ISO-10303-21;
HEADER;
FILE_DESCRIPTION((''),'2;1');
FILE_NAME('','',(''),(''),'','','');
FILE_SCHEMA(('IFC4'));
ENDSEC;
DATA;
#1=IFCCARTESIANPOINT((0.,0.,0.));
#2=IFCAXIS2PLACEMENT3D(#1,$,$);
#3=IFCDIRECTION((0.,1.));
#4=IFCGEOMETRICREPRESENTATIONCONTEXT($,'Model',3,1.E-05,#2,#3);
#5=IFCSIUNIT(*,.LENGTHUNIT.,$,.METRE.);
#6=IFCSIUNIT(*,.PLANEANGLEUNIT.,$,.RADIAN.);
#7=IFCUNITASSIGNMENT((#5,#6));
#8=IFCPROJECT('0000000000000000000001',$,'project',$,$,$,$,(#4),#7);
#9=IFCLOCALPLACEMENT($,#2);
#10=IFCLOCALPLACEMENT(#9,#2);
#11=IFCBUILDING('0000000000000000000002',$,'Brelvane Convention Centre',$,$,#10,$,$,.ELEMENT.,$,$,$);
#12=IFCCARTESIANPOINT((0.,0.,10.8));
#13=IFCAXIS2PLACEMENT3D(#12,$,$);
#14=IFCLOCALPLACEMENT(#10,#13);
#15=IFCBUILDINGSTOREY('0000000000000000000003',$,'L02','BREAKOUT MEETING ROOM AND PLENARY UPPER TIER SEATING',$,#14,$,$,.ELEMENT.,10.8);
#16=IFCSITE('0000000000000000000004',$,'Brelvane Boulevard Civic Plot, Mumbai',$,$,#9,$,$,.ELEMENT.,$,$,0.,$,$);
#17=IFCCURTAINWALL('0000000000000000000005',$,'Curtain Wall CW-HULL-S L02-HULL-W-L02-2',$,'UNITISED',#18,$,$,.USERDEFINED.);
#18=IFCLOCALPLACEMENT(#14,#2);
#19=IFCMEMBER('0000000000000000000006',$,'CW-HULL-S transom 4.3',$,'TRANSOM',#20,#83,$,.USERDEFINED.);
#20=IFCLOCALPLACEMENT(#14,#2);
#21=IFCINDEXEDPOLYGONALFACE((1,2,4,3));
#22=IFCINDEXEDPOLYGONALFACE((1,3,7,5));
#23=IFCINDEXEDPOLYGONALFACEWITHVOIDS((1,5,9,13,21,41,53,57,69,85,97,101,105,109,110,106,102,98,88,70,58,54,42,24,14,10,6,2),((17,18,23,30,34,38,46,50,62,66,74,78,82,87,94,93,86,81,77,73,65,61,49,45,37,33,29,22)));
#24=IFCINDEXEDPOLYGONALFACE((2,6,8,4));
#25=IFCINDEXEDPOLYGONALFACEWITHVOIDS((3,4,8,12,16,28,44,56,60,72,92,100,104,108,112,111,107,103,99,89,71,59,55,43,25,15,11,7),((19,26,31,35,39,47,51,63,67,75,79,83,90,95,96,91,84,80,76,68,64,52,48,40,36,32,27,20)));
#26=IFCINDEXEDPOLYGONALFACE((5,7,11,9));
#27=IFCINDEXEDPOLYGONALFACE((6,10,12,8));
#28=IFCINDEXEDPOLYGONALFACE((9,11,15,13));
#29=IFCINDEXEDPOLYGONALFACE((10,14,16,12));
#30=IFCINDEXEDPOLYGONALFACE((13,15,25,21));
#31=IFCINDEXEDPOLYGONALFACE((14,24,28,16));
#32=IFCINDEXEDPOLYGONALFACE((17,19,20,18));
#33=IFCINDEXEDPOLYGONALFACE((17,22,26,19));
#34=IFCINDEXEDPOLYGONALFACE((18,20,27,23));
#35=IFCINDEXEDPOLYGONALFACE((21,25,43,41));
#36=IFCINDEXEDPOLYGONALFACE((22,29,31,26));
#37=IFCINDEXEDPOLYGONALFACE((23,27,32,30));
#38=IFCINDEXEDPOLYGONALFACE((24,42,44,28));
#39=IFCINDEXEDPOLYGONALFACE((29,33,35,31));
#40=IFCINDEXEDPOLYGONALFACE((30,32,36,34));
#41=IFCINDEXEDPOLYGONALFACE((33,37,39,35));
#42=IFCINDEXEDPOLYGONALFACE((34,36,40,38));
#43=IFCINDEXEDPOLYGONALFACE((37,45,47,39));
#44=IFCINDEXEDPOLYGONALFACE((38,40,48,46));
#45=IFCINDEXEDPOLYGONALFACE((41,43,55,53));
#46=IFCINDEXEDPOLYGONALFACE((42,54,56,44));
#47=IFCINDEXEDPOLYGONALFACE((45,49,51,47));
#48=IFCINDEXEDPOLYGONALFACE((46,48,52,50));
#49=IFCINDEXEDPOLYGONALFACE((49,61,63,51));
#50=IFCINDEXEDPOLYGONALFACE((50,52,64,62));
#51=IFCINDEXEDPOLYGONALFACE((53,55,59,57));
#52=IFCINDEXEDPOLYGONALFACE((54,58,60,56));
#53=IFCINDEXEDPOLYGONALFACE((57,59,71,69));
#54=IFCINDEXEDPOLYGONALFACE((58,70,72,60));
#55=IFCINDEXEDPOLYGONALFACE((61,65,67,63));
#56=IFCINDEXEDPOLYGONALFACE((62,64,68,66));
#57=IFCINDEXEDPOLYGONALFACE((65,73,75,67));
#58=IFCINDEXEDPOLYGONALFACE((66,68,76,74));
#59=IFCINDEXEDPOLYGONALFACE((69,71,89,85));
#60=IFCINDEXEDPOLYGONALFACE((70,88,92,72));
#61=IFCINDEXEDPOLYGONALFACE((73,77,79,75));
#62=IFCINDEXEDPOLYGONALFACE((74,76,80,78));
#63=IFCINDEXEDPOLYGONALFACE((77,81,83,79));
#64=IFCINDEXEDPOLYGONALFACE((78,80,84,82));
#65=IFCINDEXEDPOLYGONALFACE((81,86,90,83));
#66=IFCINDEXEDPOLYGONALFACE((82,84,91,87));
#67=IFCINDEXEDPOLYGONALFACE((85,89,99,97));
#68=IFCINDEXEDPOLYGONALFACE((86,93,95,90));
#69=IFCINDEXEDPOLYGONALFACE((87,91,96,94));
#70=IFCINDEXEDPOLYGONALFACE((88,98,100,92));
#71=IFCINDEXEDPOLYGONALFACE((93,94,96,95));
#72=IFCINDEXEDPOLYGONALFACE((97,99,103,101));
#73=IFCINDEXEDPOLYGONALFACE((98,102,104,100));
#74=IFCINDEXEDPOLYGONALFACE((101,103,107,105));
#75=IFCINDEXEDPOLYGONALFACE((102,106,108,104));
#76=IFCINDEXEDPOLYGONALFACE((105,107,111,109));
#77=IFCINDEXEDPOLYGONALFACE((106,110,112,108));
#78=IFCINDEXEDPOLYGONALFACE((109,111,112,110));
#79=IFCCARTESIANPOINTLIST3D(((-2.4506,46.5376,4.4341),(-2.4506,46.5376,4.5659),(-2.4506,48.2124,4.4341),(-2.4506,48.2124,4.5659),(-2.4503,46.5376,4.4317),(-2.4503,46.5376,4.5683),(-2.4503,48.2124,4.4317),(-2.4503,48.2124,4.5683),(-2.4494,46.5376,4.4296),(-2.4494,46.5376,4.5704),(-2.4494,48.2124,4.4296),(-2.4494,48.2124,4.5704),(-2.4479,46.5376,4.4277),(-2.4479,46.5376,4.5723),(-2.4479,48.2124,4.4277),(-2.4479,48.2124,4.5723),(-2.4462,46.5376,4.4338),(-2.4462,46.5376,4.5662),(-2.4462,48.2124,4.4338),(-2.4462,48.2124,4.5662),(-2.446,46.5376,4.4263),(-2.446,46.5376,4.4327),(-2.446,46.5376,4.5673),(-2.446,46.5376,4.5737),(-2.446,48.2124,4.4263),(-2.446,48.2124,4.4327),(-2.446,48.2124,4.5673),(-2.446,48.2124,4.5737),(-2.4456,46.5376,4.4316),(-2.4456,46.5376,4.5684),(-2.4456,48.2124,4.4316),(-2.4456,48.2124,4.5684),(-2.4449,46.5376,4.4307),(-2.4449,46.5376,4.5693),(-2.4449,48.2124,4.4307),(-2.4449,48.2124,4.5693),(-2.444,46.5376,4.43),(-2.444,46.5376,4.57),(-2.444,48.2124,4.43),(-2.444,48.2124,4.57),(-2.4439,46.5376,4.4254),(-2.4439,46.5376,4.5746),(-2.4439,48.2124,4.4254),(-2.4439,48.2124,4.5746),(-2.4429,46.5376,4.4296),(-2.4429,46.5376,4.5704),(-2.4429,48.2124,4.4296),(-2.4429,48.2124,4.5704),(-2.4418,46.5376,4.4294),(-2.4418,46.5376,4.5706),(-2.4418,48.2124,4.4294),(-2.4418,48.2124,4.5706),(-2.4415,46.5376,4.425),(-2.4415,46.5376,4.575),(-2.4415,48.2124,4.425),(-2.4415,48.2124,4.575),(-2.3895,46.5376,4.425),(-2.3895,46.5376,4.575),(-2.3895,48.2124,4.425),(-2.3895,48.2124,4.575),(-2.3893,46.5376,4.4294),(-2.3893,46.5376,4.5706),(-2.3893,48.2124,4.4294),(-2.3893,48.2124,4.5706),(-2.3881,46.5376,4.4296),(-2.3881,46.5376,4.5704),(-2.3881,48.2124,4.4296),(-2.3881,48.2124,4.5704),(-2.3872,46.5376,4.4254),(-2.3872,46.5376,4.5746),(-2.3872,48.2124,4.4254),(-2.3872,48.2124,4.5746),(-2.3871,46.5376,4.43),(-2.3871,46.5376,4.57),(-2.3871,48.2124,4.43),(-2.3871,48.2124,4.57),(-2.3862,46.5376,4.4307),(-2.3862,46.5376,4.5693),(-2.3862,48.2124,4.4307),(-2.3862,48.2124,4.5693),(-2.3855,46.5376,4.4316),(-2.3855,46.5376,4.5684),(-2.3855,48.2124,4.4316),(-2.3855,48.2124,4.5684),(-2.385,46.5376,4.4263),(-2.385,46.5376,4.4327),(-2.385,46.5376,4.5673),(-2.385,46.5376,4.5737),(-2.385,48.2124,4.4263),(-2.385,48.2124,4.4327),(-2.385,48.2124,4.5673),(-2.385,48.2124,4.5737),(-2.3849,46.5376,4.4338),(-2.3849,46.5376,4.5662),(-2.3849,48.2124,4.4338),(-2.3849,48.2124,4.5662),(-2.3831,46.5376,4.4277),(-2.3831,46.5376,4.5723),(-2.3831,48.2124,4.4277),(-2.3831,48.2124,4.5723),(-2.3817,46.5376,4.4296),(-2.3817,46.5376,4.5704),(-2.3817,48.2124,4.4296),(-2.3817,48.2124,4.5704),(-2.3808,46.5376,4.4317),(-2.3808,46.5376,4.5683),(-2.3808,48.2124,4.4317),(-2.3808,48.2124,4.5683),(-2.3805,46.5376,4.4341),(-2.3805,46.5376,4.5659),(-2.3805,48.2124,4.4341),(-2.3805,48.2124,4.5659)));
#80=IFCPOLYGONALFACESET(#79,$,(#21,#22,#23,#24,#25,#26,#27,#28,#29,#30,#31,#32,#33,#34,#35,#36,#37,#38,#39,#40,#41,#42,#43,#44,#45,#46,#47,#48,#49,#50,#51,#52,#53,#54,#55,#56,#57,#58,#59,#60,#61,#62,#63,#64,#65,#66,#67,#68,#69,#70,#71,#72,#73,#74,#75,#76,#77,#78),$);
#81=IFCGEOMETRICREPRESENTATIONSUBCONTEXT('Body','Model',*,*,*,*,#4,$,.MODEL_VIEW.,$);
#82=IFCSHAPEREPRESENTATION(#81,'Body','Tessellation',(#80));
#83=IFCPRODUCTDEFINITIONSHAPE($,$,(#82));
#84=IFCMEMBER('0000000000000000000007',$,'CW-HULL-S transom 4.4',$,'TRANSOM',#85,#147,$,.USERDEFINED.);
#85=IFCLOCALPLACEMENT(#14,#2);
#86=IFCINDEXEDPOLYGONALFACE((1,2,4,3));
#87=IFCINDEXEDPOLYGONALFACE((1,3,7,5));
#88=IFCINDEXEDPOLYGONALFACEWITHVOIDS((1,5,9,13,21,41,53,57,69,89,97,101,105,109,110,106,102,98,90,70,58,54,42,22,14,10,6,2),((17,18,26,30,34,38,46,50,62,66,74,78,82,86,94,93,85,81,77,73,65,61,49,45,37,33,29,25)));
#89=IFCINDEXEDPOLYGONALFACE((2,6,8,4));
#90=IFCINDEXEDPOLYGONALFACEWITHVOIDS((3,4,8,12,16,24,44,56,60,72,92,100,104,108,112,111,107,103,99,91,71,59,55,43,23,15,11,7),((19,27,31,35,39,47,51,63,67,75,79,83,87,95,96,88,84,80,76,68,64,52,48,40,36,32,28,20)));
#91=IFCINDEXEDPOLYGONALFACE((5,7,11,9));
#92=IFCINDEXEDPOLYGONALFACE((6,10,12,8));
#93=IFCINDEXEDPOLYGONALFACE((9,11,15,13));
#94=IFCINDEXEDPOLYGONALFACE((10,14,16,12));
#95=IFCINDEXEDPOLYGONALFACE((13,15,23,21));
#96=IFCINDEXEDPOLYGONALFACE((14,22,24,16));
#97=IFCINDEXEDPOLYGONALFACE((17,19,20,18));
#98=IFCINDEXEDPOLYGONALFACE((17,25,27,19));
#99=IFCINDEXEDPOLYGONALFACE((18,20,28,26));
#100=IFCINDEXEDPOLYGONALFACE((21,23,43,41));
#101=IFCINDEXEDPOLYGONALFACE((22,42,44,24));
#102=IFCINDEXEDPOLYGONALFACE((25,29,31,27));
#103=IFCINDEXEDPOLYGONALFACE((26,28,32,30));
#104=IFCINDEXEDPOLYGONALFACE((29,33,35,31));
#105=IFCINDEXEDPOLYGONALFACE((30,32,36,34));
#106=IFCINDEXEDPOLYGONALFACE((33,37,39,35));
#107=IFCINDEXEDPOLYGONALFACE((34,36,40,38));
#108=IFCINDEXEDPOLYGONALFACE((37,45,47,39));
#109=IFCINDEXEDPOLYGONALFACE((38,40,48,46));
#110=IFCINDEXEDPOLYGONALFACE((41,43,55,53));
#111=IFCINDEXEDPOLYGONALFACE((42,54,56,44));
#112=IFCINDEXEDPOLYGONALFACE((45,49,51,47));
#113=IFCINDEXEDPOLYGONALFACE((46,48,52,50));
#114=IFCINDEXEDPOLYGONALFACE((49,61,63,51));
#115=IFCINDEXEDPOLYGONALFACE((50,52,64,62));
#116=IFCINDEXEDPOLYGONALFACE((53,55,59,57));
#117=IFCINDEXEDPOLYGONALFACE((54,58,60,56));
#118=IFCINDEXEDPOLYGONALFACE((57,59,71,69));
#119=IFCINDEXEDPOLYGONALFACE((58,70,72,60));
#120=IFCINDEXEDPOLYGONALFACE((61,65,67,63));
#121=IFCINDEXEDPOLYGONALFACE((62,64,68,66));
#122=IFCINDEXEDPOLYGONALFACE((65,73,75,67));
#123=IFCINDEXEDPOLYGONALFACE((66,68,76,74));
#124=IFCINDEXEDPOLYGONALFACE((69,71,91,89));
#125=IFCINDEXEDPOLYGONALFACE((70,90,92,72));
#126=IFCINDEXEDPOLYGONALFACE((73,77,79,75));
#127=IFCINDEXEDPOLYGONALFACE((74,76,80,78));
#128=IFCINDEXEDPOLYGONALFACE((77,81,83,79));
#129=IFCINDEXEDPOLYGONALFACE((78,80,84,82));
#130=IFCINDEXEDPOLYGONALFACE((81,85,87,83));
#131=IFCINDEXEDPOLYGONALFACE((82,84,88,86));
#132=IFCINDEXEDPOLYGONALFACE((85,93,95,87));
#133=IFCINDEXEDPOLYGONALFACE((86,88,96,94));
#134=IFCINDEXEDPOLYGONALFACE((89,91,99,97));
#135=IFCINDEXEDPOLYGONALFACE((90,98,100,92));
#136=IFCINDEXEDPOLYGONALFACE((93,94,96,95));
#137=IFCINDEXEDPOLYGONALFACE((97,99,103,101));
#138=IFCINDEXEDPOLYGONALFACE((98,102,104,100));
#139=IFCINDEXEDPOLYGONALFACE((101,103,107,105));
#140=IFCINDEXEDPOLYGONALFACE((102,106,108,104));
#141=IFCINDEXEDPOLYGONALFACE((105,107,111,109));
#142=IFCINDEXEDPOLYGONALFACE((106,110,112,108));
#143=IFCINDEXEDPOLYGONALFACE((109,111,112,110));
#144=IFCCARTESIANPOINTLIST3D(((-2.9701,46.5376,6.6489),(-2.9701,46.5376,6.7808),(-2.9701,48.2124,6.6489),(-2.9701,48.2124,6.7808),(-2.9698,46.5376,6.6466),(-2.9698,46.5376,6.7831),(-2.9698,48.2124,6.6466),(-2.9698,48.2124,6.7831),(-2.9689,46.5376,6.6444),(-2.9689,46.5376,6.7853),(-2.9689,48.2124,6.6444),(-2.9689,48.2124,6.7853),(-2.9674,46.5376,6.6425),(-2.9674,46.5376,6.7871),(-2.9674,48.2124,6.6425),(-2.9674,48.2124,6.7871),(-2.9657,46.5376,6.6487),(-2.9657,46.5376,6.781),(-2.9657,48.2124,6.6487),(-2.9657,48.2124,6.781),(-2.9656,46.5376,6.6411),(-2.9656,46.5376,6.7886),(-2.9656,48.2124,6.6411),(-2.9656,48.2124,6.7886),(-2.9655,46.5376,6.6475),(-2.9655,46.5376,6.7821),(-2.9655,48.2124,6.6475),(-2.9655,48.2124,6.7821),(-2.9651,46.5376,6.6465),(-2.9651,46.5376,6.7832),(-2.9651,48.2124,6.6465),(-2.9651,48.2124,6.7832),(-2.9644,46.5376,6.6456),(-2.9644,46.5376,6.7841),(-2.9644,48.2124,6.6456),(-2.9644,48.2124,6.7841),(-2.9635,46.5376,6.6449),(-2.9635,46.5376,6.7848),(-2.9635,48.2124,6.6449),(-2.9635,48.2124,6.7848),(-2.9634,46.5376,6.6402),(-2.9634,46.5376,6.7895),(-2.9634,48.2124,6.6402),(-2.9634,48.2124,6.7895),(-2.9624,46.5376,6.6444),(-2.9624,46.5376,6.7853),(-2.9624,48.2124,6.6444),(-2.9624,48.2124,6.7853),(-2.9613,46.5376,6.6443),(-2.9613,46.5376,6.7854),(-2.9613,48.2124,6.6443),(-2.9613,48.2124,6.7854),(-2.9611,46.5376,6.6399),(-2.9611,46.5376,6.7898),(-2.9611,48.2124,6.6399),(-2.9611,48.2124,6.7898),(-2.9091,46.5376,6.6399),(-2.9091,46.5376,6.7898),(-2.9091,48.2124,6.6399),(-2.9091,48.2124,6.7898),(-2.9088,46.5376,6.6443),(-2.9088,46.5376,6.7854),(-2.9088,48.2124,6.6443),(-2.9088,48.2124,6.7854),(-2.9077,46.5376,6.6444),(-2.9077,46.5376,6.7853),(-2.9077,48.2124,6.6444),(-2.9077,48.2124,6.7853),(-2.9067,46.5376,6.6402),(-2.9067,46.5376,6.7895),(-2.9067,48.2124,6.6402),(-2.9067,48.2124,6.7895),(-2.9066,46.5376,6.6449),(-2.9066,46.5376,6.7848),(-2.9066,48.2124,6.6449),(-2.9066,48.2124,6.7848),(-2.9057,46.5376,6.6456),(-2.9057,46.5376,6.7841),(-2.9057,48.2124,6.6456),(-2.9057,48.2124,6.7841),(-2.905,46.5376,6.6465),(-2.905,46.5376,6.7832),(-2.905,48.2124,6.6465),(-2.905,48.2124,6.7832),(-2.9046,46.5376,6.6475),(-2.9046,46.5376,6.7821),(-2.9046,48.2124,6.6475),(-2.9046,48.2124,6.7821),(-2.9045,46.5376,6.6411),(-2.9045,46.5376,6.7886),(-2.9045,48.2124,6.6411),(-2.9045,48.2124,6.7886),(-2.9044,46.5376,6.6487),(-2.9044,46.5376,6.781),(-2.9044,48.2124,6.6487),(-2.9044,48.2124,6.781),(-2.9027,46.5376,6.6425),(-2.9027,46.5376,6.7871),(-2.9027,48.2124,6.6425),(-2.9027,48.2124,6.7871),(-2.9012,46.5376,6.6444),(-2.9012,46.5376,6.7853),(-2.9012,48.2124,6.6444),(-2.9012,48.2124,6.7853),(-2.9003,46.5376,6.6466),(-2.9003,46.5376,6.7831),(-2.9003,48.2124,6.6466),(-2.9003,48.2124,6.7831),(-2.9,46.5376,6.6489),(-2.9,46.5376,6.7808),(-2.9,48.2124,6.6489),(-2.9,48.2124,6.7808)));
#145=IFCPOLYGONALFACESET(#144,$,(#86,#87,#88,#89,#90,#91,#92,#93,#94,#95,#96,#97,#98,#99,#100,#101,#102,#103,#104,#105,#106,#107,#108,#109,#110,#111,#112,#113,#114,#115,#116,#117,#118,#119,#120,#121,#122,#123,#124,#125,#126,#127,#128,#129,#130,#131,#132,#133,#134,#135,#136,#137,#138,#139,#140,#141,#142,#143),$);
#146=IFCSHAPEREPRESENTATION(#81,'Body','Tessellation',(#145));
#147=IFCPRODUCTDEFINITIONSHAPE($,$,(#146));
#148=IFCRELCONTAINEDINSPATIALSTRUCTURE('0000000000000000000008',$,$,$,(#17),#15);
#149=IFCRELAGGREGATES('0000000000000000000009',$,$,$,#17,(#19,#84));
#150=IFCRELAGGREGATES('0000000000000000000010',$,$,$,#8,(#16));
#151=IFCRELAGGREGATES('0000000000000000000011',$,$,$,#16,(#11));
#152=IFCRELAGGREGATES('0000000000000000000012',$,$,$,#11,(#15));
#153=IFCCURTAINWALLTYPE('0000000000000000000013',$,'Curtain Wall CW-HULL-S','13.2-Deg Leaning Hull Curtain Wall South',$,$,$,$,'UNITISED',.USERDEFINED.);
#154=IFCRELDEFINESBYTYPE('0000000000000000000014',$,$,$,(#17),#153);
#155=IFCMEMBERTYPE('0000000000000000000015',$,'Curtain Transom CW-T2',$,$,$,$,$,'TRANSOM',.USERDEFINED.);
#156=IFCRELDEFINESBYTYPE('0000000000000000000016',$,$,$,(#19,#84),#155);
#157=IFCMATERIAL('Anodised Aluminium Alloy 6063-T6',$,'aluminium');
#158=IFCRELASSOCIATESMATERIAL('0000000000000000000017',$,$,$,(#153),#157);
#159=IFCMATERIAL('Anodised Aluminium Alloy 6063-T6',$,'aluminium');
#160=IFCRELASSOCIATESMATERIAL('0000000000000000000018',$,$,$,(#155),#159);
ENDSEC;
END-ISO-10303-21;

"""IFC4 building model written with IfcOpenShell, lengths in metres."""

from ifc_helpers import new_model, si_unit, direction, frame, origin, origin_2d, place, context, subcontext, project, spatial, hollow_rectangle, extrude, material, material_profile, profile_set, type_object, element, aggregate, save


model = new_model("IFC4")

# Units and contexts
model_context = context("Model", 3, precision=1e-05, world=origin(), true_north=direction((0.0, 1.0)))
body_context = subcontext(model_context, "Body", "Model", "MODEL_VIEW")
ifc_project = project(units=[si_unit("LENGTHUNIT", "METRE"), si_unit("PLANEANGLEUNIT", "RADIAN")], contexts=[model_context])

# Site, building, storey
site_placement = place(None, origin())
site = spatial("IfcSite", under=ifc_project, at=site_placement, Name="Brelvane Boulevard Civic Plot, Mumbai", CompositionType="ELEMENT", RefElevation=0.0)
building_placement = place(site_placement, origin())
building = spatial("IfcBuilding", under=site, at=building_placement, Name="Brelvane Convention Centre", CompositionType="ELEMENT")
storey_placement = place(building_placement, frame((0.0, 0.0, 10.8)))
storey = spatial("IfcBuildingStorey", under=building, at=storey_placement, Name="L02", Description="BREAKOUT MEETING ROOM AND PLENARY UPPER TIER SEATING", CompositionType="ELEMENT", Elevation=10.8)

# Curtain wall, members
ifc_material_1 = material(Name="Anodised Aluminium Alloy 6063-T6", Category="aluminium")
curtain_wall_type = type_object("IfcCurtainWallType", Name="Curtain Wall CW-HULL-S", Description="13.2-Deg Leaning Hull Curtain Wall South", ElementType="UNITISED", PredefinedType="USERDEFINED", material=ifc_material_1)
curtain_wall_placement = place(storey_placement, origin())
curtain_wall = element("IfcCurtainWall", 1, at=curtain_wall_placement, inside=storey, type_object=curtain_wall_type, Name="Curtain Wall CW-HULL-S L02-HULL-W-L02-2", ObjectType="UNITISED", PredefinedType="USERDEFINED")
ifc_material_2 = material(Name="Anodised Aluminium Alloy 6063-T6", Category="aluminium")
ifc_material_profile_1 = material_profile(ifc_material_2, hollow_rectangle(XDim=0.0701, YDim=0.1499, WallThickness=0.0044, InnerFilletRadius=0.0044, OuterFilletRadius=0.009, at=origin_2d()), Name="ALU-T 150x70x4.5")
ifc_profile_set_1 = profile_set([ifc_material_profile_1], Name="Anodised Aluminium Alloy 6063-T6")
member_type_1 = type_object("IfcMemberType", Name="Curtain Transom CW-T2", ElementType="TRANSOM", PredefinedType="USERDEFINED", material=ifc_profile_set_1)
member_1_placement = place(storey_placement, frame((-2.4155, 46.5376, 4.5), z_axis=(0.0, 1.0, 0.0), x_axis=(-1.0, 0.0, 0.0)))
member_1 = element("IfcMember", 2, at=member_1_placement, type_object=member_type_1, Name="CW-HULL-S transom 4.3", ObjectType="TRANSOM", PredefinedType="USERDEFINED", context=body_context, shape_type="SweptSolid", body=[
    extrude(hollow_rectangle(XDim=0.0701, YDim=0.1499, WallThickness=0.0044, InnerFilletRadius=0.0044, OuterFilletRadius=0.009, at=origin_2d()), origin(), (0.0, 0.0, 1.0), 1.6748),
])
member_2_placement = place(storey_placement, frame((-2.9351, 46.5376, 6.7148), z_axis=(0.0, 1.0, 0.0), x_axis=(-1.0, 0.0, 0.0)))
member_2 = element("IfcMember", 3, at=member_2_placement, type_object=member_type_1, Name="CW-HULL-S transom 4.4", ObjectType="TRANSOM", PredefinedType="USERDEFINED", context=body_context, shape_type="SweptSolid", body=[
    extrude(hollow_rectangle(XDim=0.0701, YDim=0.1499, WallThickness=0.0044, InnerFilletRadius=0.0044, OuterFilletRadius=0.009, at=origin_2d()), origin(), (0.0, 0.0, 1.0), 1.6748),
])
aggregate(curtain_wall, [member_1, member_2])

save(model, "model.ifc")
